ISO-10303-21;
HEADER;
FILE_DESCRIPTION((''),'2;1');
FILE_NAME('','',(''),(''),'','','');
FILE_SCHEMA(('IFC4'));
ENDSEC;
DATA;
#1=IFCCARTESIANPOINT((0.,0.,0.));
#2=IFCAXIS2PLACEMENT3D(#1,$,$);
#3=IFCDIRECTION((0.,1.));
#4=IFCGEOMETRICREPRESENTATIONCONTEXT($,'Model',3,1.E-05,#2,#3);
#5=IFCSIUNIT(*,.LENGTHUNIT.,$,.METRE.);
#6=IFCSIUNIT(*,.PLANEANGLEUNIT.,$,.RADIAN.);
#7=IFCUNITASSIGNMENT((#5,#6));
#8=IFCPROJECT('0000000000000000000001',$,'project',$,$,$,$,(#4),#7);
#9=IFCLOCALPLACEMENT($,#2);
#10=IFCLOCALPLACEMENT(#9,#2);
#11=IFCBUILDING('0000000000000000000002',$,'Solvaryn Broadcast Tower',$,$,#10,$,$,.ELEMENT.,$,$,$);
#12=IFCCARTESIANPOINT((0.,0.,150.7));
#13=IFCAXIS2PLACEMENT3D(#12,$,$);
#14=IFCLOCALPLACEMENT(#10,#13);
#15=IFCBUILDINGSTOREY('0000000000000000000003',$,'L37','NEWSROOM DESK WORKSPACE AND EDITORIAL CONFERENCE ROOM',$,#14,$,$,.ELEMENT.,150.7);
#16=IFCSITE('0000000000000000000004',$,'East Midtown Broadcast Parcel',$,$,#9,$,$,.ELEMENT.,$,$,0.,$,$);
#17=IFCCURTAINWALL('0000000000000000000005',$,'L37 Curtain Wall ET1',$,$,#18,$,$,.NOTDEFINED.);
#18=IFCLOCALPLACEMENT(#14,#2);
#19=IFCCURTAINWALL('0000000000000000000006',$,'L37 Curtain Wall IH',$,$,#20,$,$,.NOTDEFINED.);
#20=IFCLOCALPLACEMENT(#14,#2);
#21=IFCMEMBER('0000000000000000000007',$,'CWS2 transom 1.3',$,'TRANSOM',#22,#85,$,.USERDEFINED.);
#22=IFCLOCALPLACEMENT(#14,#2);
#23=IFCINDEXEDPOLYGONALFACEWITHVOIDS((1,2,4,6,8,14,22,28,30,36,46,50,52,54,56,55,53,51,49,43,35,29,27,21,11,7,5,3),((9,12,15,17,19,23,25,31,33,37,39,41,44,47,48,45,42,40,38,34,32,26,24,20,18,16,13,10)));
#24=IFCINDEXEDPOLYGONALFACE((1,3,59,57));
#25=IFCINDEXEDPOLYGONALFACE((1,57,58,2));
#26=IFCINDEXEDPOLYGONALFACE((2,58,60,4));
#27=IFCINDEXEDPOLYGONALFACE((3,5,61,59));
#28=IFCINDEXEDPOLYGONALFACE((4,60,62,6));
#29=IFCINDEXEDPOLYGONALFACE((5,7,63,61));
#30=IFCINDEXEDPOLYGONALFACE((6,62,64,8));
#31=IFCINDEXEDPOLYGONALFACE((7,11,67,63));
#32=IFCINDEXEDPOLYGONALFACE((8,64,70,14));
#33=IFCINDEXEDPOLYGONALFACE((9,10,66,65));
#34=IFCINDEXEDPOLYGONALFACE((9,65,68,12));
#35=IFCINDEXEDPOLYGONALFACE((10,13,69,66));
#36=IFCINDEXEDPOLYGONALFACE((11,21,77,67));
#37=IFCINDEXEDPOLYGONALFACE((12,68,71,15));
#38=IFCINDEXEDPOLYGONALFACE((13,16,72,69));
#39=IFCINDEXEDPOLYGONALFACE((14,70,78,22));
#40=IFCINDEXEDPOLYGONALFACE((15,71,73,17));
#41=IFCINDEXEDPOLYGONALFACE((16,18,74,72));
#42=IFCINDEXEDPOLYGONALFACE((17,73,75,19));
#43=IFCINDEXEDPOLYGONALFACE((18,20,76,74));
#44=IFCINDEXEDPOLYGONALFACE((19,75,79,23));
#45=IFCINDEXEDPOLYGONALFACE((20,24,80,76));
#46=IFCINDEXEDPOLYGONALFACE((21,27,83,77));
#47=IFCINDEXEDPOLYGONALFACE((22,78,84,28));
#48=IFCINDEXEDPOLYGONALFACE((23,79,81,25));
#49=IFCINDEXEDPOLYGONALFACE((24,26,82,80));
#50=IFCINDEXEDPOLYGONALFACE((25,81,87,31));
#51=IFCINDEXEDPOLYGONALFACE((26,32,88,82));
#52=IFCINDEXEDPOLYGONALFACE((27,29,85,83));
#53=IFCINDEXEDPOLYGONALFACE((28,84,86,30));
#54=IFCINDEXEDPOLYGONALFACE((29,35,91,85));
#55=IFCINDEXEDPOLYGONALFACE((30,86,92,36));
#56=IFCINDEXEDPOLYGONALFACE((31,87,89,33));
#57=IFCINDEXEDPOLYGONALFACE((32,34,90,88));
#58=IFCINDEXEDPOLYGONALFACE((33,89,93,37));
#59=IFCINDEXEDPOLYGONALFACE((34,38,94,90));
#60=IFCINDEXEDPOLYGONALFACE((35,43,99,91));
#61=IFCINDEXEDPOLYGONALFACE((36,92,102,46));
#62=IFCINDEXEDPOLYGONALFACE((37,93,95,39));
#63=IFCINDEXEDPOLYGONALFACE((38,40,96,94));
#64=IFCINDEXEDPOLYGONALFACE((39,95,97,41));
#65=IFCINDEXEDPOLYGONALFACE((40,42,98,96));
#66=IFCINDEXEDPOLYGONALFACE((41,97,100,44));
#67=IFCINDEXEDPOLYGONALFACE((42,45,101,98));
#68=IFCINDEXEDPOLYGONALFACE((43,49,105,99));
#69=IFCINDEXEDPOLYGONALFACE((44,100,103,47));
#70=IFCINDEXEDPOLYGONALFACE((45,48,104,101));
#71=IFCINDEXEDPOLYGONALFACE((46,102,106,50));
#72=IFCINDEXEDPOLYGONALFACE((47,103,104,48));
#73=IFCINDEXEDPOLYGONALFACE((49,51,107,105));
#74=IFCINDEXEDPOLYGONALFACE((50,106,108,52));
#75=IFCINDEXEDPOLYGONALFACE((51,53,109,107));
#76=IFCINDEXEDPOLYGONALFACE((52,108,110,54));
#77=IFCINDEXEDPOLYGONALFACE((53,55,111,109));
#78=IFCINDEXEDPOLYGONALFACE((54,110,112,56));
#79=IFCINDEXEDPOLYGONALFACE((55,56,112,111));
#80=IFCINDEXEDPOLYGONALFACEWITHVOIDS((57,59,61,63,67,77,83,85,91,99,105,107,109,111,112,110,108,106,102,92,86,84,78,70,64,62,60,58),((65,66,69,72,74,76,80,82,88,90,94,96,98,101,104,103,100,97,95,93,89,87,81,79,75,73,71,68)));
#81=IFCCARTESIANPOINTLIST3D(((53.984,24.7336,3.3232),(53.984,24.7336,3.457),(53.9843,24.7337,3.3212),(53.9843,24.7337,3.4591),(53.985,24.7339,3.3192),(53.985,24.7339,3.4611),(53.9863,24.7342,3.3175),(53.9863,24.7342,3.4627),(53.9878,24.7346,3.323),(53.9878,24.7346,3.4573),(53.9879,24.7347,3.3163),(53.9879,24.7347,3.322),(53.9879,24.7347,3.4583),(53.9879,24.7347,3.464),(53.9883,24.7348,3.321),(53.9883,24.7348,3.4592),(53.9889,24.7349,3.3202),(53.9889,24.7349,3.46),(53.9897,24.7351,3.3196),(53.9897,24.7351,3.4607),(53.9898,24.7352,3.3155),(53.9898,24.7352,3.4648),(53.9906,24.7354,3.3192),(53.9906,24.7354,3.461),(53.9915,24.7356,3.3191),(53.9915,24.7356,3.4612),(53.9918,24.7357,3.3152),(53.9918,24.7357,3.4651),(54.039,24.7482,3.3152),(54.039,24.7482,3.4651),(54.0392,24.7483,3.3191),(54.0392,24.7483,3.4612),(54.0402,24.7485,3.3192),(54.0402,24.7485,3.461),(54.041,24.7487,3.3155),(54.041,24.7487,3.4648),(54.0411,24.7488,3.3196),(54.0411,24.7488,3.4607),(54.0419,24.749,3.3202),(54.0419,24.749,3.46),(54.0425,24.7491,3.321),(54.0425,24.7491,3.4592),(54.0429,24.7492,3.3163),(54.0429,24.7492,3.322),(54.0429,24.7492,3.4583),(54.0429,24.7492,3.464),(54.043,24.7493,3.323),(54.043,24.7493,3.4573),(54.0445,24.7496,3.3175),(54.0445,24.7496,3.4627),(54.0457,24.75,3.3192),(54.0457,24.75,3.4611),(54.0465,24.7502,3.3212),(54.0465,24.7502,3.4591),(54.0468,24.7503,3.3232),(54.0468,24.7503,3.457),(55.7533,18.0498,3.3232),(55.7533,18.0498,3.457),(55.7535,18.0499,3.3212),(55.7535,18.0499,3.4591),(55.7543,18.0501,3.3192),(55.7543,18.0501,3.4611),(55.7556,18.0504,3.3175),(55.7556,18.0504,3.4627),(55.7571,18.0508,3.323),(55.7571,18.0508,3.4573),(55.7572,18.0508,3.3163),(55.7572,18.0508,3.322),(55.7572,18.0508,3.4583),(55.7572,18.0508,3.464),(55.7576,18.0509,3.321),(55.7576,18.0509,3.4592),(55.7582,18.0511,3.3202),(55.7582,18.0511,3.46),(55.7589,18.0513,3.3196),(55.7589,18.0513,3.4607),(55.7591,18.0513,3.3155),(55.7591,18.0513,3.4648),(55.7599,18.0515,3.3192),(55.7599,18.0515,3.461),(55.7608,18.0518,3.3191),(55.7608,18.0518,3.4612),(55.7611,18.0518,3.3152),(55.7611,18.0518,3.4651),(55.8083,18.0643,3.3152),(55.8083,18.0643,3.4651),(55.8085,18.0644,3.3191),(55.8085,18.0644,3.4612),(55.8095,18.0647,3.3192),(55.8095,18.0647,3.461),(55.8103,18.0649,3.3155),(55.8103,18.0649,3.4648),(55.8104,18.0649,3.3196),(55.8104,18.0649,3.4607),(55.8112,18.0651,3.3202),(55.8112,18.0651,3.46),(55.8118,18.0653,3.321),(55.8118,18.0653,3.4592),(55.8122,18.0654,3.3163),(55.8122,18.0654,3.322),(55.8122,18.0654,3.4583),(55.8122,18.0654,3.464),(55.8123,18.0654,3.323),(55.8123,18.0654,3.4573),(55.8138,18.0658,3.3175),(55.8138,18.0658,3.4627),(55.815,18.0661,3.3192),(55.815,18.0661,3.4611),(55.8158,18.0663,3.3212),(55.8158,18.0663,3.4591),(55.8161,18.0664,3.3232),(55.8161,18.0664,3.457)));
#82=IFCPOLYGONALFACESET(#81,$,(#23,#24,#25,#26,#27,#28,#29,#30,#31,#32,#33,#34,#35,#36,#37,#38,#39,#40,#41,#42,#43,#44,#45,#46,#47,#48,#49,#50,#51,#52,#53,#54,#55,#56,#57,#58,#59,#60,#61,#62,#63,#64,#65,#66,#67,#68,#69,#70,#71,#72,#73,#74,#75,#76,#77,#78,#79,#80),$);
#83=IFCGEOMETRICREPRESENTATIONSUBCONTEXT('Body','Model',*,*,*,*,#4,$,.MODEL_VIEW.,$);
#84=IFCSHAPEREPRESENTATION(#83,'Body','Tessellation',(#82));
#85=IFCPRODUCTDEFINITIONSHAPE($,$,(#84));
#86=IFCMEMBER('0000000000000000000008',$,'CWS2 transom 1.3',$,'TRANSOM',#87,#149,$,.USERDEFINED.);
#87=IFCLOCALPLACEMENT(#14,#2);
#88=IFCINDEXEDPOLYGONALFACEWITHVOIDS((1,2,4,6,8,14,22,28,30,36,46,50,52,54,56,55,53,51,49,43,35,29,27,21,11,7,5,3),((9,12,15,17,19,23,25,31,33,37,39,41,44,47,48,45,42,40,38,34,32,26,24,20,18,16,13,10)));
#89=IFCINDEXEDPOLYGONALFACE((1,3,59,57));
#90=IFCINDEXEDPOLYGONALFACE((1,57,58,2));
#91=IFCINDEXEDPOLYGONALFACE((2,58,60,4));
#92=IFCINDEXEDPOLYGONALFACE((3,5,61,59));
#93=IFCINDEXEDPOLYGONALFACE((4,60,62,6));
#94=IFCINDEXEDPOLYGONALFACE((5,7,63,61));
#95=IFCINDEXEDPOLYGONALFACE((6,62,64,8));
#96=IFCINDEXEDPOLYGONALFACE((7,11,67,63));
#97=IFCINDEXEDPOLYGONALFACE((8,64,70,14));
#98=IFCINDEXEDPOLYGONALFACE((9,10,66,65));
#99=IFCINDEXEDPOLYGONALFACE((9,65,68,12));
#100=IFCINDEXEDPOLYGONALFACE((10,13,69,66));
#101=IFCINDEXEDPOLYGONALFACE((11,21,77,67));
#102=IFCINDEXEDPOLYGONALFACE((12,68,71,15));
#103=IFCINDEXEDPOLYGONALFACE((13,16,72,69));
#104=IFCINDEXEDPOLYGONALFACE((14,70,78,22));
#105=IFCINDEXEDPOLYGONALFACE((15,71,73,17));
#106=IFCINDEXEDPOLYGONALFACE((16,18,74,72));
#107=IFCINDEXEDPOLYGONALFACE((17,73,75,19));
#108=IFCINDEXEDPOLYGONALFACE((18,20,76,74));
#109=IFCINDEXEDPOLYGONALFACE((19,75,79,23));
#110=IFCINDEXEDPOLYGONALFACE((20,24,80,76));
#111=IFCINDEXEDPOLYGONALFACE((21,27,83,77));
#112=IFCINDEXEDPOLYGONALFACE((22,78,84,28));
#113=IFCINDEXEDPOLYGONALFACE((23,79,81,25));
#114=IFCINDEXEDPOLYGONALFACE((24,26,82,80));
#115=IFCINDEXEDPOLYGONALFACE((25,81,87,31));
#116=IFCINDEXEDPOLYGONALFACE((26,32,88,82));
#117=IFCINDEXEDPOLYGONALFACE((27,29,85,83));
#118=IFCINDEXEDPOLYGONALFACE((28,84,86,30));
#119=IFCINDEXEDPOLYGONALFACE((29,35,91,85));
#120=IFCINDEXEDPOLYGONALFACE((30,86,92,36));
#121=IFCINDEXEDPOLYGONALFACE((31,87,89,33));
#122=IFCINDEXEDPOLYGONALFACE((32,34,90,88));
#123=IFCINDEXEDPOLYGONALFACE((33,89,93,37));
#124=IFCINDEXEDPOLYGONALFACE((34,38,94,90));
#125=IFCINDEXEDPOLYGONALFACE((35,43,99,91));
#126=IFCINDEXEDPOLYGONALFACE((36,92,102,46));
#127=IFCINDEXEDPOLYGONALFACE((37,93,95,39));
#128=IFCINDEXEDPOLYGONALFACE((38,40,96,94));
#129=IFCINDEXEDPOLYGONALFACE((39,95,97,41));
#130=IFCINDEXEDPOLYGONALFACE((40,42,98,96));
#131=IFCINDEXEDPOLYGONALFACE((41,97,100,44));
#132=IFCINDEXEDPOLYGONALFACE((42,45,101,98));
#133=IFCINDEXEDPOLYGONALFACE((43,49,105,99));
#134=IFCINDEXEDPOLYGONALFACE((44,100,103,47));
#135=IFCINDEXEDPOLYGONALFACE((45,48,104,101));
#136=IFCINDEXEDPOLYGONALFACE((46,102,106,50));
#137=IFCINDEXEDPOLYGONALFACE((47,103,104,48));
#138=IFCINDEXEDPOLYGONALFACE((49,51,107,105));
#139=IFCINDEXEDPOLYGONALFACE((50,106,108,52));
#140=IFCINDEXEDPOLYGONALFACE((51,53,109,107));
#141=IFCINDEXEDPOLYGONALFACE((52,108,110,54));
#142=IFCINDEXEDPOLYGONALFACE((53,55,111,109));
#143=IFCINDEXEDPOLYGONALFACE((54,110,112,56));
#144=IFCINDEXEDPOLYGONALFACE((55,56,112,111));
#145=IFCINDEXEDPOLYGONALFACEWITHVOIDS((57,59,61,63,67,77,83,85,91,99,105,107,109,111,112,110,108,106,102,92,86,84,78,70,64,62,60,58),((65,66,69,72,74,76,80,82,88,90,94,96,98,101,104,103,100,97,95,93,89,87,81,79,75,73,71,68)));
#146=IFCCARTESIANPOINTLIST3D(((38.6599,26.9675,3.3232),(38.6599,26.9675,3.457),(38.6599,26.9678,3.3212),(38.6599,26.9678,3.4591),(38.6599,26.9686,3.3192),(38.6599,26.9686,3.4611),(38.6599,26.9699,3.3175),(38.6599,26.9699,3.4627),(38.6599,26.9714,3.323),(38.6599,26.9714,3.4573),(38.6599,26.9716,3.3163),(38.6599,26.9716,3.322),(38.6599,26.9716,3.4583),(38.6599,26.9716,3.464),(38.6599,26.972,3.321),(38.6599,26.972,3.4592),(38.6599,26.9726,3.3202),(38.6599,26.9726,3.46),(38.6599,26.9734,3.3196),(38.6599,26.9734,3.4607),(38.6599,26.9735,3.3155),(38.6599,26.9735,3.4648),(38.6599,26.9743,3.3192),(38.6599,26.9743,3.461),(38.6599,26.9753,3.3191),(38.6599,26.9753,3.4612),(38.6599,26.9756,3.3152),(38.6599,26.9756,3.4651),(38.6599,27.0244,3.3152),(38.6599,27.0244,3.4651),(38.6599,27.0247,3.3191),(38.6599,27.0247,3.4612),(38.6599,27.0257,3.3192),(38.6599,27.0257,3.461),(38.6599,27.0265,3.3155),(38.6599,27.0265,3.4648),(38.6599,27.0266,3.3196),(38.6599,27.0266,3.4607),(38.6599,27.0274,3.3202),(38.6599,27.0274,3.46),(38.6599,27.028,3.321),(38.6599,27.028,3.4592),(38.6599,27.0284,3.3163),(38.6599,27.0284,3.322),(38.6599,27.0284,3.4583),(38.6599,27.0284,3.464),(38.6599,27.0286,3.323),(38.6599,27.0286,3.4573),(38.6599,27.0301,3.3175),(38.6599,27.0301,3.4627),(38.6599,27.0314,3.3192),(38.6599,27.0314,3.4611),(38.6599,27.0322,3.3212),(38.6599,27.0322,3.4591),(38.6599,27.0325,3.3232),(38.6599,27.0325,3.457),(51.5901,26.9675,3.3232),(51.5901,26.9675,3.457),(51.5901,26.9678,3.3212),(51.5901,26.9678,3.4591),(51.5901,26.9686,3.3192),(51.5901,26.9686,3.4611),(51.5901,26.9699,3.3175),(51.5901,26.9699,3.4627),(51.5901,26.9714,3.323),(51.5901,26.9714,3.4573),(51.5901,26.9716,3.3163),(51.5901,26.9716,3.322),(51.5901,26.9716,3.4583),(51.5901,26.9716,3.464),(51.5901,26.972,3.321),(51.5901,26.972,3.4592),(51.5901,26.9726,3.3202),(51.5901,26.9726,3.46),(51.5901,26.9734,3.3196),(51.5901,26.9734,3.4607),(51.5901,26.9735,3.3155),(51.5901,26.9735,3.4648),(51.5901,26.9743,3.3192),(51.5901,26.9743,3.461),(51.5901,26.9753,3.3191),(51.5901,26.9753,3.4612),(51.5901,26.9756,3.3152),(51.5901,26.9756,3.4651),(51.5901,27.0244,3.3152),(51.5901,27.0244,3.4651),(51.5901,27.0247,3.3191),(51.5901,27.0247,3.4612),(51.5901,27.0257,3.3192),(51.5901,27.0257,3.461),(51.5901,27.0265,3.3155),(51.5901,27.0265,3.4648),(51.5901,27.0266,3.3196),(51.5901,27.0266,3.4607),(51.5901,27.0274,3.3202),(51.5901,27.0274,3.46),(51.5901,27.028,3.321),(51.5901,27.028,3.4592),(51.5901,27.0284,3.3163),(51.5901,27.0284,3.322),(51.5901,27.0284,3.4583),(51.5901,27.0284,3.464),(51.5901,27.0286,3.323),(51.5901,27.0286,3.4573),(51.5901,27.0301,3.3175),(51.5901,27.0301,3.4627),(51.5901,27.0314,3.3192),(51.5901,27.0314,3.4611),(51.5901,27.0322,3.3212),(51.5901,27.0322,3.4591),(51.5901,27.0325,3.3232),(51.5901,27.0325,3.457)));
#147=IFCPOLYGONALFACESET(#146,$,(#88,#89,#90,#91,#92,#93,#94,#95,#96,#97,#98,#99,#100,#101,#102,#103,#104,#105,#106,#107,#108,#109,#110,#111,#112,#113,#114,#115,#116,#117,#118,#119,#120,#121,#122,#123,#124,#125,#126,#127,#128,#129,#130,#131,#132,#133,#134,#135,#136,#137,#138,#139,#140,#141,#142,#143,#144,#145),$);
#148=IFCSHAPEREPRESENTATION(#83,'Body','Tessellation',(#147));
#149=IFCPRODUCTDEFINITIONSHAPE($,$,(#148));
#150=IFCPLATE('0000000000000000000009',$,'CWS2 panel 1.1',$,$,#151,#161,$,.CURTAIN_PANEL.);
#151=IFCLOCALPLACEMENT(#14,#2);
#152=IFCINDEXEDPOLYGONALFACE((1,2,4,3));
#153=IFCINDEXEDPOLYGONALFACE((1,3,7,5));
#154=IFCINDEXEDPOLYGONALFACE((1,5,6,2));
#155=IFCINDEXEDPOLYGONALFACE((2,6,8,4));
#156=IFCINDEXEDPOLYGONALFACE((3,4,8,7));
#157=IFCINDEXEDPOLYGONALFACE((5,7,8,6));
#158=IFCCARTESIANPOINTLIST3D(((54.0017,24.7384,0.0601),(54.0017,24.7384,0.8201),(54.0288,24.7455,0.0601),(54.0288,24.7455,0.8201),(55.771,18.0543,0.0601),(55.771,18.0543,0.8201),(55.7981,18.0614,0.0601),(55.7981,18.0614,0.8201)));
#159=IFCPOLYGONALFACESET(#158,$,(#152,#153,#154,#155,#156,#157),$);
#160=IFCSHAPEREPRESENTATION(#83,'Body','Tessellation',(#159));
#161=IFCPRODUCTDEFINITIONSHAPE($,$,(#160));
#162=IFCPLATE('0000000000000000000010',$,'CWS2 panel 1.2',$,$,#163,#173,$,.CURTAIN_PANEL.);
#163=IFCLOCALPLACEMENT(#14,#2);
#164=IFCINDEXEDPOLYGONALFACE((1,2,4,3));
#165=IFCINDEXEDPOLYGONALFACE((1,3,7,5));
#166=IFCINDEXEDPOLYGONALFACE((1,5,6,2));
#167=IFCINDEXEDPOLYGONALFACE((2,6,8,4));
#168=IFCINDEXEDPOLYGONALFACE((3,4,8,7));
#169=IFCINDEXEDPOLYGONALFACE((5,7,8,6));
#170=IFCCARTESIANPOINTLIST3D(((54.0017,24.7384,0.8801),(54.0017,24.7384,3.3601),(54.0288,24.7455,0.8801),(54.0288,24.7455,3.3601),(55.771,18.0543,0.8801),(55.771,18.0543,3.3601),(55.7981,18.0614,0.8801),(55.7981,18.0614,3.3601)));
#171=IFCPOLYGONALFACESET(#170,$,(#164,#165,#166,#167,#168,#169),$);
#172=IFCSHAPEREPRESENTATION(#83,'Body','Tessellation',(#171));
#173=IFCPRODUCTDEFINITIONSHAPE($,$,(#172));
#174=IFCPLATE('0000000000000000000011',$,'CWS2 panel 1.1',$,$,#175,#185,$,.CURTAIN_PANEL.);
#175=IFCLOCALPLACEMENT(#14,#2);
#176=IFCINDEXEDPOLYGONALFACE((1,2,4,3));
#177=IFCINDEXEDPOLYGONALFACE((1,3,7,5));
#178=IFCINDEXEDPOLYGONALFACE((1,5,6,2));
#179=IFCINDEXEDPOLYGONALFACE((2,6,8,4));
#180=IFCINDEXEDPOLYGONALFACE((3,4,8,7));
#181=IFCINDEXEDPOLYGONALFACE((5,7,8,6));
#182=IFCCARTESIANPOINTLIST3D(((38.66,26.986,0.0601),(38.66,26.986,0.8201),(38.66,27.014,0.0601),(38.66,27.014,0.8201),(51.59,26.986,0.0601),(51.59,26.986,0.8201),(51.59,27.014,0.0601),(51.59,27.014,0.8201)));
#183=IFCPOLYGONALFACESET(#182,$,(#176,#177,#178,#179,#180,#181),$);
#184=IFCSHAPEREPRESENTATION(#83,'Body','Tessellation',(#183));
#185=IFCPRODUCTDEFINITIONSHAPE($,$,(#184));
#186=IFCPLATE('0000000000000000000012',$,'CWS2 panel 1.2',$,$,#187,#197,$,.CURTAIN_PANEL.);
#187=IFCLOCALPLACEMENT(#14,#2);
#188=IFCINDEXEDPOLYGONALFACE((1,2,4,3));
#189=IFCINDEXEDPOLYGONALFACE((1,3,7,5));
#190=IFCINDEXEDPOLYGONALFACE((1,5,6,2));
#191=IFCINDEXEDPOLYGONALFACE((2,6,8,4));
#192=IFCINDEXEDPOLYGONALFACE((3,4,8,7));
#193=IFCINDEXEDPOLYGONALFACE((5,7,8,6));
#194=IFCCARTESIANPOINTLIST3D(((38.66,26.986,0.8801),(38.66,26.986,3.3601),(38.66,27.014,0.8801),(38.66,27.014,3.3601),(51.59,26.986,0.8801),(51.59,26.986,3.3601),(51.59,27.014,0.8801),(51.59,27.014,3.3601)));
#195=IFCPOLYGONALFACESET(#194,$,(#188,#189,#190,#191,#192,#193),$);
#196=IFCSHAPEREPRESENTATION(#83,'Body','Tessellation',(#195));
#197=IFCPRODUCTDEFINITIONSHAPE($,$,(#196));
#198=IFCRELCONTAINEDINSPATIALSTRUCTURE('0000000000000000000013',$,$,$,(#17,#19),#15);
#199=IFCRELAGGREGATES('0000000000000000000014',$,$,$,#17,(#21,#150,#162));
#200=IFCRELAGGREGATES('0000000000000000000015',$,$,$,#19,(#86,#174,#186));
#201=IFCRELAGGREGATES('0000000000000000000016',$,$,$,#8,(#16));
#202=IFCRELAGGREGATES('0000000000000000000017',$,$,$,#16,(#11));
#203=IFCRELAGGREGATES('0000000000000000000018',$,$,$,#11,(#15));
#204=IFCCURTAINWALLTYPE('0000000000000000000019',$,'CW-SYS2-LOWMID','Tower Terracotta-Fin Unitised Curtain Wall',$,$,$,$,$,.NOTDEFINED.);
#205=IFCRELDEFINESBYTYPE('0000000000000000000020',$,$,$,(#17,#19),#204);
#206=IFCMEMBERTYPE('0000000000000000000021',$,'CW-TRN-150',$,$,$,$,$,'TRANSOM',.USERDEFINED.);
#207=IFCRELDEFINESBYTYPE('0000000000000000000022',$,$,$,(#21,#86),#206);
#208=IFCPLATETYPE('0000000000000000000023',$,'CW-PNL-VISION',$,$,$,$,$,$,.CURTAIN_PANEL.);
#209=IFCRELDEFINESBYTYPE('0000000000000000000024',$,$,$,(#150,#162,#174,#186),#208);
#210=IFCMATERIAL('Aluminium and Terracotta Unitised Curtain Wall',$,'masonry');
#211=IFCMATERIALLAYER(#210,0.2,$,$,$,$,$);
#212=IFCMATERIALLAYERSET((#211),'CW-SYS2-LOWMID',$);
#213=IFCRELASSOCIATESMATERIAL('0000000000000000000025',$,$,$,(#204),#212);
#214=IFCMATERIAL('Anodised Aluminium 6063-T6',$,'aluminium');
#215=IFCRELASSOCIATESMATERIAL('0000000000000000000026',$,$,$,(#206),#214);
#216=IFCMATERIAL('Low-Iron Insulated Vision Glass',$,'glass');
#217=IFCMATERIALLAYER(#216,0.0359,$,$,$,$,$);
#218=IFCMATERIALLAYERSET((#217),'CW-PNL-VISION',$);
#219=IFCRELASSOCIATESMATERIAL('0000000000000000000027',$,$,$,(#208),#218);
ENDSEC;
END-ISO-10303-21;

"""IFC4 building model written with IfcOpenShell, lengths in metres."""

from ifc_helpers import new_model, si_unit, direction, frame, origin, origin_2d, place, context, subcontext, project, spatial, rectangle, hollow_rectangle, extrude, material, layer, layer_set, material_profile, profile_set, type_object, element, aggregate, save


model = new_model("IFC4")

# Units and contexts
model_context = context("Model", 3, precision=1e-05, world=origin(), true_north=direction((0.0, 1.0)))
body_context = subcontext(model_context, "Body", "Model", "MODEL_VIEW")
ifc_project = project(units=[si_unit("LENGTHUNIT", "METRE"), si_unit("PLANEANGLEUNIT", "RADIAN")], contexts=[model_context])

# Site, building, storey
site_placement = place(None, origin())
site = spatial("IfcSite", under=ifc_project, at=site_placement, Name="East Midtown Broadcast Parcel", CompositionType="ELEMENT", RefElevation=0.0)
building_placement = place(site_placement, origin())
building = spatial("IfcBuilding", under=site, at=building_placement, Name="Solvaryn Broadcast Tower", CompositionType="ELEMENT")
storey_placement = place(building_placement, frame((0.0, 0.0, 150.7)))
storey = spatial("IfcBuildingStorey", under=building, at=storey_placement, Name="L37", Description="NEWSROOM DESK WORKSPACE AND EDITORIAL CONFERENCE ROOM", CompositionType="ELEMENT", Elevation=150.7)

# Curtain walls
ifc_material_1 = material(Name="Aluminium and Terracotta Unitised Curtain Wall", Category="masonry")
ifc_layer_1 = layer(ifc_material_1, 0.2)
ifc_layer_set_1 = layer_set([ifc_layer_1], Name="CW-SYS2-LOWMID")
curtain_wall_type = type_object("IfcCurtainWallType", Name="CW-SYS2-LOWMID", Description="Tower Terracotta-Fin Unitised Curtain Wall", PredefinedType="NOTDEFINED", material=ifc_layer_set_1)
curtain_wall_1_placement = place(storey_placement, origin())
curtain_wall_1 = element("IfcCurtainWall", 1, at=curtain_wall_1_placement, inside=storey, type_object=curtain_wall_type, Name="L37 Curtain Wall ET1", PredefinedType="NOTDEFINED")
curtain_wall_2_placement = place(storey_placement, origin())
curtain_wall_2 = element("IfcCurtainWall", 2, at=curtain_wall_2_placement, inside=storey, type_object=curtain_wall_type, Name="L37 Curtain Wall IH", PredefinedType="NOTDEFINED")

# Members
ifc_material_2 = material(Name="Anodised Aluminium 6063-T6", Category="aluminium")
ifc_material_profile_1 = material_profile(ifc_material_2, hollow_rectangle(XDim=0.0649, YDim=0.1499, WallThickness=0.0039, InnerFilletRadius=0.0039, OuterFilletRadius=0.0081, at=origin_2d()))
ifc_profile_set_1 = profile_set([ifc_material_profile_1], Name="Anodised Aluminium 6063-T6")
member_type_1 = type_object("IfcMemberType", Name="CW-TRN-150", ElementType="TRANSOM", PredefinedType="USERDEFINED", material=ifc_profile_set_1)
member_1_placement = place(storey_placement, frame((54.0154, 24.7419, 3.3901), z_axis=(0.255897, -0.966704, 0.0), x_axis=(0.966704, 0.255897, 0.0)))
member_1 = element("IfcMember", 3, at=member_1_placement, type_object=member_type_1, Name="CWS2 transom 1.3", ObjectType="TRANSOM", PredefinedType="USERDEFINED", context=body_context, shape_type="SweptSolid", body=[
    extrude(hollow_rectangle(XDim=0.0649, YDim=0.1499, WallThickness=0.0039, InnerFilletRadius=0.0039, OuterFilletRadius=0.0081, at=origin_2d()), origin(), (0.0, 0.0, 1.0), 6.9141),
])
member_2_placement = place(storey_placement, frame((38.6599, 27.0, 3.3901), z_axis=(1.0, 0.0, 0.0), x_axis=(0.0, 1.0, 0.0)))
member_2 = element("IfcMember", 4, at=member_2_placement, type_object=member_type_1, Name="CWS2 transom 1.3", ObjectType="TRANSOM", PredefinedType="USERDEFINED", context=body_context, shape_type="SweptSolid", body=[
    extrude(hollow_rectangle(XDim=0.0649, YDim=0.1499, WallThickness=0.0039, InnerFilletRadius=0.0039, OuterFilletRadius=0.0081, at=origin_2d()), origin(), (0.0, 0.0, 1.0), 12.9302),
])

# Plates
ifc_material_3 = material(Name="Low-Iron Insulated Vision Glass", Category="glass")
ifc_layer_2 = layer(ifc_material_3, 0.0359)
ifc_layer_set_2 = layer_set([ifc_layer_2], Name="CW-PNL-VISION")
plate_type = type_object("IfcPlateType", Name="CW-PNL-VISION", PredefinedType="CURTAIN_PANEL", material=ifc_layer_set_2)
plate_1_placement = place(storey_placement, frame((54.8999, 21.3999, 0.0601), z_axis=(0.0, 0.0, 1.0), x_axis=(0.255893, -0.966705, 0.0)))
plate_1 = element("IfcPlate", 5, at=plate_1_placement, type_object=plate_type, Name="CWS2 panel 1.1", PredefinedType="CURTAIN_PANEL", context=body_context, shape_type="SweptSolid", body=[
    extrude(rectangle(XDim=6.9143, YDim=0.0281, at=origin_2d()), origin(), (0.0, 0.0, 1.0), 0.76),
])
plate_2_placement = place(storey_placement, frame((54.8999, 21.3999, 0.8801), z_axis=(0.0, 0.0, 1.0), x_axis=(0.255893, -0.966705, 0.0)))
plate_2 = element("IfcPlate", 6, at=plate_2_placement, type_object=plate_type, Name="CWS2 panel 1.2", PredefinedType="CURTAIN_PANEL", context=body_context, shape_type="SweptSolid", body=[
    extrude(rectangle(XDim=6.9143, YDim=0.0281, at=origin_2d()), origin(), (0.0, 0.0, 1.0), 2.48),
])
aggregate(curtain_wall_1, [member_1, plate_1, plate_2])
plate_3_placement = place(storey_placement, frame((45.125, 27.0, 0.0601), z_axis=(0.0, 0.0, 1.0), x_axis=(1.0, 0.0, 0.0)))
plate_3 = element("IfcPlate", 7, at=plate_3_placement, type_object=plate_type, Name="CWS2 panel 1.1", PredefinedType="CURTAIN_PANEL", context=body_context, shape_type="SweptSolid", body=[
    extrude(rectangle(XDim=12.9299, YDim=0.0281, at=origin_2d()), origin(), (0.0, 0.0, 1.0), 0.76),
])
plate_4_placement = place(storey_placement, frame((45.125, 27.0, 0.8801), z_axis=(0.0, 0.0, 1.0), x_axis=(1.0, 0.0, 0.0)))
plate_4 = element("IfcPlate", 8, at=plate_4_placement, type_object=plate_type, Name="CWS2 panel 1.2", PredefinedType="CURTAIN_PANEL", context=body_context, shape_type="SweptSolid", body=[
    extrude(rectangle(XDim=12.9299, YDim=0.0281, at=origin_2d()), origin(), (0.0, 0.0, 1.0), 2.48),
])
aggregate(curtain_wall_2, [member_2, plate_3, plate_4])

save(model, "model.ifc")
